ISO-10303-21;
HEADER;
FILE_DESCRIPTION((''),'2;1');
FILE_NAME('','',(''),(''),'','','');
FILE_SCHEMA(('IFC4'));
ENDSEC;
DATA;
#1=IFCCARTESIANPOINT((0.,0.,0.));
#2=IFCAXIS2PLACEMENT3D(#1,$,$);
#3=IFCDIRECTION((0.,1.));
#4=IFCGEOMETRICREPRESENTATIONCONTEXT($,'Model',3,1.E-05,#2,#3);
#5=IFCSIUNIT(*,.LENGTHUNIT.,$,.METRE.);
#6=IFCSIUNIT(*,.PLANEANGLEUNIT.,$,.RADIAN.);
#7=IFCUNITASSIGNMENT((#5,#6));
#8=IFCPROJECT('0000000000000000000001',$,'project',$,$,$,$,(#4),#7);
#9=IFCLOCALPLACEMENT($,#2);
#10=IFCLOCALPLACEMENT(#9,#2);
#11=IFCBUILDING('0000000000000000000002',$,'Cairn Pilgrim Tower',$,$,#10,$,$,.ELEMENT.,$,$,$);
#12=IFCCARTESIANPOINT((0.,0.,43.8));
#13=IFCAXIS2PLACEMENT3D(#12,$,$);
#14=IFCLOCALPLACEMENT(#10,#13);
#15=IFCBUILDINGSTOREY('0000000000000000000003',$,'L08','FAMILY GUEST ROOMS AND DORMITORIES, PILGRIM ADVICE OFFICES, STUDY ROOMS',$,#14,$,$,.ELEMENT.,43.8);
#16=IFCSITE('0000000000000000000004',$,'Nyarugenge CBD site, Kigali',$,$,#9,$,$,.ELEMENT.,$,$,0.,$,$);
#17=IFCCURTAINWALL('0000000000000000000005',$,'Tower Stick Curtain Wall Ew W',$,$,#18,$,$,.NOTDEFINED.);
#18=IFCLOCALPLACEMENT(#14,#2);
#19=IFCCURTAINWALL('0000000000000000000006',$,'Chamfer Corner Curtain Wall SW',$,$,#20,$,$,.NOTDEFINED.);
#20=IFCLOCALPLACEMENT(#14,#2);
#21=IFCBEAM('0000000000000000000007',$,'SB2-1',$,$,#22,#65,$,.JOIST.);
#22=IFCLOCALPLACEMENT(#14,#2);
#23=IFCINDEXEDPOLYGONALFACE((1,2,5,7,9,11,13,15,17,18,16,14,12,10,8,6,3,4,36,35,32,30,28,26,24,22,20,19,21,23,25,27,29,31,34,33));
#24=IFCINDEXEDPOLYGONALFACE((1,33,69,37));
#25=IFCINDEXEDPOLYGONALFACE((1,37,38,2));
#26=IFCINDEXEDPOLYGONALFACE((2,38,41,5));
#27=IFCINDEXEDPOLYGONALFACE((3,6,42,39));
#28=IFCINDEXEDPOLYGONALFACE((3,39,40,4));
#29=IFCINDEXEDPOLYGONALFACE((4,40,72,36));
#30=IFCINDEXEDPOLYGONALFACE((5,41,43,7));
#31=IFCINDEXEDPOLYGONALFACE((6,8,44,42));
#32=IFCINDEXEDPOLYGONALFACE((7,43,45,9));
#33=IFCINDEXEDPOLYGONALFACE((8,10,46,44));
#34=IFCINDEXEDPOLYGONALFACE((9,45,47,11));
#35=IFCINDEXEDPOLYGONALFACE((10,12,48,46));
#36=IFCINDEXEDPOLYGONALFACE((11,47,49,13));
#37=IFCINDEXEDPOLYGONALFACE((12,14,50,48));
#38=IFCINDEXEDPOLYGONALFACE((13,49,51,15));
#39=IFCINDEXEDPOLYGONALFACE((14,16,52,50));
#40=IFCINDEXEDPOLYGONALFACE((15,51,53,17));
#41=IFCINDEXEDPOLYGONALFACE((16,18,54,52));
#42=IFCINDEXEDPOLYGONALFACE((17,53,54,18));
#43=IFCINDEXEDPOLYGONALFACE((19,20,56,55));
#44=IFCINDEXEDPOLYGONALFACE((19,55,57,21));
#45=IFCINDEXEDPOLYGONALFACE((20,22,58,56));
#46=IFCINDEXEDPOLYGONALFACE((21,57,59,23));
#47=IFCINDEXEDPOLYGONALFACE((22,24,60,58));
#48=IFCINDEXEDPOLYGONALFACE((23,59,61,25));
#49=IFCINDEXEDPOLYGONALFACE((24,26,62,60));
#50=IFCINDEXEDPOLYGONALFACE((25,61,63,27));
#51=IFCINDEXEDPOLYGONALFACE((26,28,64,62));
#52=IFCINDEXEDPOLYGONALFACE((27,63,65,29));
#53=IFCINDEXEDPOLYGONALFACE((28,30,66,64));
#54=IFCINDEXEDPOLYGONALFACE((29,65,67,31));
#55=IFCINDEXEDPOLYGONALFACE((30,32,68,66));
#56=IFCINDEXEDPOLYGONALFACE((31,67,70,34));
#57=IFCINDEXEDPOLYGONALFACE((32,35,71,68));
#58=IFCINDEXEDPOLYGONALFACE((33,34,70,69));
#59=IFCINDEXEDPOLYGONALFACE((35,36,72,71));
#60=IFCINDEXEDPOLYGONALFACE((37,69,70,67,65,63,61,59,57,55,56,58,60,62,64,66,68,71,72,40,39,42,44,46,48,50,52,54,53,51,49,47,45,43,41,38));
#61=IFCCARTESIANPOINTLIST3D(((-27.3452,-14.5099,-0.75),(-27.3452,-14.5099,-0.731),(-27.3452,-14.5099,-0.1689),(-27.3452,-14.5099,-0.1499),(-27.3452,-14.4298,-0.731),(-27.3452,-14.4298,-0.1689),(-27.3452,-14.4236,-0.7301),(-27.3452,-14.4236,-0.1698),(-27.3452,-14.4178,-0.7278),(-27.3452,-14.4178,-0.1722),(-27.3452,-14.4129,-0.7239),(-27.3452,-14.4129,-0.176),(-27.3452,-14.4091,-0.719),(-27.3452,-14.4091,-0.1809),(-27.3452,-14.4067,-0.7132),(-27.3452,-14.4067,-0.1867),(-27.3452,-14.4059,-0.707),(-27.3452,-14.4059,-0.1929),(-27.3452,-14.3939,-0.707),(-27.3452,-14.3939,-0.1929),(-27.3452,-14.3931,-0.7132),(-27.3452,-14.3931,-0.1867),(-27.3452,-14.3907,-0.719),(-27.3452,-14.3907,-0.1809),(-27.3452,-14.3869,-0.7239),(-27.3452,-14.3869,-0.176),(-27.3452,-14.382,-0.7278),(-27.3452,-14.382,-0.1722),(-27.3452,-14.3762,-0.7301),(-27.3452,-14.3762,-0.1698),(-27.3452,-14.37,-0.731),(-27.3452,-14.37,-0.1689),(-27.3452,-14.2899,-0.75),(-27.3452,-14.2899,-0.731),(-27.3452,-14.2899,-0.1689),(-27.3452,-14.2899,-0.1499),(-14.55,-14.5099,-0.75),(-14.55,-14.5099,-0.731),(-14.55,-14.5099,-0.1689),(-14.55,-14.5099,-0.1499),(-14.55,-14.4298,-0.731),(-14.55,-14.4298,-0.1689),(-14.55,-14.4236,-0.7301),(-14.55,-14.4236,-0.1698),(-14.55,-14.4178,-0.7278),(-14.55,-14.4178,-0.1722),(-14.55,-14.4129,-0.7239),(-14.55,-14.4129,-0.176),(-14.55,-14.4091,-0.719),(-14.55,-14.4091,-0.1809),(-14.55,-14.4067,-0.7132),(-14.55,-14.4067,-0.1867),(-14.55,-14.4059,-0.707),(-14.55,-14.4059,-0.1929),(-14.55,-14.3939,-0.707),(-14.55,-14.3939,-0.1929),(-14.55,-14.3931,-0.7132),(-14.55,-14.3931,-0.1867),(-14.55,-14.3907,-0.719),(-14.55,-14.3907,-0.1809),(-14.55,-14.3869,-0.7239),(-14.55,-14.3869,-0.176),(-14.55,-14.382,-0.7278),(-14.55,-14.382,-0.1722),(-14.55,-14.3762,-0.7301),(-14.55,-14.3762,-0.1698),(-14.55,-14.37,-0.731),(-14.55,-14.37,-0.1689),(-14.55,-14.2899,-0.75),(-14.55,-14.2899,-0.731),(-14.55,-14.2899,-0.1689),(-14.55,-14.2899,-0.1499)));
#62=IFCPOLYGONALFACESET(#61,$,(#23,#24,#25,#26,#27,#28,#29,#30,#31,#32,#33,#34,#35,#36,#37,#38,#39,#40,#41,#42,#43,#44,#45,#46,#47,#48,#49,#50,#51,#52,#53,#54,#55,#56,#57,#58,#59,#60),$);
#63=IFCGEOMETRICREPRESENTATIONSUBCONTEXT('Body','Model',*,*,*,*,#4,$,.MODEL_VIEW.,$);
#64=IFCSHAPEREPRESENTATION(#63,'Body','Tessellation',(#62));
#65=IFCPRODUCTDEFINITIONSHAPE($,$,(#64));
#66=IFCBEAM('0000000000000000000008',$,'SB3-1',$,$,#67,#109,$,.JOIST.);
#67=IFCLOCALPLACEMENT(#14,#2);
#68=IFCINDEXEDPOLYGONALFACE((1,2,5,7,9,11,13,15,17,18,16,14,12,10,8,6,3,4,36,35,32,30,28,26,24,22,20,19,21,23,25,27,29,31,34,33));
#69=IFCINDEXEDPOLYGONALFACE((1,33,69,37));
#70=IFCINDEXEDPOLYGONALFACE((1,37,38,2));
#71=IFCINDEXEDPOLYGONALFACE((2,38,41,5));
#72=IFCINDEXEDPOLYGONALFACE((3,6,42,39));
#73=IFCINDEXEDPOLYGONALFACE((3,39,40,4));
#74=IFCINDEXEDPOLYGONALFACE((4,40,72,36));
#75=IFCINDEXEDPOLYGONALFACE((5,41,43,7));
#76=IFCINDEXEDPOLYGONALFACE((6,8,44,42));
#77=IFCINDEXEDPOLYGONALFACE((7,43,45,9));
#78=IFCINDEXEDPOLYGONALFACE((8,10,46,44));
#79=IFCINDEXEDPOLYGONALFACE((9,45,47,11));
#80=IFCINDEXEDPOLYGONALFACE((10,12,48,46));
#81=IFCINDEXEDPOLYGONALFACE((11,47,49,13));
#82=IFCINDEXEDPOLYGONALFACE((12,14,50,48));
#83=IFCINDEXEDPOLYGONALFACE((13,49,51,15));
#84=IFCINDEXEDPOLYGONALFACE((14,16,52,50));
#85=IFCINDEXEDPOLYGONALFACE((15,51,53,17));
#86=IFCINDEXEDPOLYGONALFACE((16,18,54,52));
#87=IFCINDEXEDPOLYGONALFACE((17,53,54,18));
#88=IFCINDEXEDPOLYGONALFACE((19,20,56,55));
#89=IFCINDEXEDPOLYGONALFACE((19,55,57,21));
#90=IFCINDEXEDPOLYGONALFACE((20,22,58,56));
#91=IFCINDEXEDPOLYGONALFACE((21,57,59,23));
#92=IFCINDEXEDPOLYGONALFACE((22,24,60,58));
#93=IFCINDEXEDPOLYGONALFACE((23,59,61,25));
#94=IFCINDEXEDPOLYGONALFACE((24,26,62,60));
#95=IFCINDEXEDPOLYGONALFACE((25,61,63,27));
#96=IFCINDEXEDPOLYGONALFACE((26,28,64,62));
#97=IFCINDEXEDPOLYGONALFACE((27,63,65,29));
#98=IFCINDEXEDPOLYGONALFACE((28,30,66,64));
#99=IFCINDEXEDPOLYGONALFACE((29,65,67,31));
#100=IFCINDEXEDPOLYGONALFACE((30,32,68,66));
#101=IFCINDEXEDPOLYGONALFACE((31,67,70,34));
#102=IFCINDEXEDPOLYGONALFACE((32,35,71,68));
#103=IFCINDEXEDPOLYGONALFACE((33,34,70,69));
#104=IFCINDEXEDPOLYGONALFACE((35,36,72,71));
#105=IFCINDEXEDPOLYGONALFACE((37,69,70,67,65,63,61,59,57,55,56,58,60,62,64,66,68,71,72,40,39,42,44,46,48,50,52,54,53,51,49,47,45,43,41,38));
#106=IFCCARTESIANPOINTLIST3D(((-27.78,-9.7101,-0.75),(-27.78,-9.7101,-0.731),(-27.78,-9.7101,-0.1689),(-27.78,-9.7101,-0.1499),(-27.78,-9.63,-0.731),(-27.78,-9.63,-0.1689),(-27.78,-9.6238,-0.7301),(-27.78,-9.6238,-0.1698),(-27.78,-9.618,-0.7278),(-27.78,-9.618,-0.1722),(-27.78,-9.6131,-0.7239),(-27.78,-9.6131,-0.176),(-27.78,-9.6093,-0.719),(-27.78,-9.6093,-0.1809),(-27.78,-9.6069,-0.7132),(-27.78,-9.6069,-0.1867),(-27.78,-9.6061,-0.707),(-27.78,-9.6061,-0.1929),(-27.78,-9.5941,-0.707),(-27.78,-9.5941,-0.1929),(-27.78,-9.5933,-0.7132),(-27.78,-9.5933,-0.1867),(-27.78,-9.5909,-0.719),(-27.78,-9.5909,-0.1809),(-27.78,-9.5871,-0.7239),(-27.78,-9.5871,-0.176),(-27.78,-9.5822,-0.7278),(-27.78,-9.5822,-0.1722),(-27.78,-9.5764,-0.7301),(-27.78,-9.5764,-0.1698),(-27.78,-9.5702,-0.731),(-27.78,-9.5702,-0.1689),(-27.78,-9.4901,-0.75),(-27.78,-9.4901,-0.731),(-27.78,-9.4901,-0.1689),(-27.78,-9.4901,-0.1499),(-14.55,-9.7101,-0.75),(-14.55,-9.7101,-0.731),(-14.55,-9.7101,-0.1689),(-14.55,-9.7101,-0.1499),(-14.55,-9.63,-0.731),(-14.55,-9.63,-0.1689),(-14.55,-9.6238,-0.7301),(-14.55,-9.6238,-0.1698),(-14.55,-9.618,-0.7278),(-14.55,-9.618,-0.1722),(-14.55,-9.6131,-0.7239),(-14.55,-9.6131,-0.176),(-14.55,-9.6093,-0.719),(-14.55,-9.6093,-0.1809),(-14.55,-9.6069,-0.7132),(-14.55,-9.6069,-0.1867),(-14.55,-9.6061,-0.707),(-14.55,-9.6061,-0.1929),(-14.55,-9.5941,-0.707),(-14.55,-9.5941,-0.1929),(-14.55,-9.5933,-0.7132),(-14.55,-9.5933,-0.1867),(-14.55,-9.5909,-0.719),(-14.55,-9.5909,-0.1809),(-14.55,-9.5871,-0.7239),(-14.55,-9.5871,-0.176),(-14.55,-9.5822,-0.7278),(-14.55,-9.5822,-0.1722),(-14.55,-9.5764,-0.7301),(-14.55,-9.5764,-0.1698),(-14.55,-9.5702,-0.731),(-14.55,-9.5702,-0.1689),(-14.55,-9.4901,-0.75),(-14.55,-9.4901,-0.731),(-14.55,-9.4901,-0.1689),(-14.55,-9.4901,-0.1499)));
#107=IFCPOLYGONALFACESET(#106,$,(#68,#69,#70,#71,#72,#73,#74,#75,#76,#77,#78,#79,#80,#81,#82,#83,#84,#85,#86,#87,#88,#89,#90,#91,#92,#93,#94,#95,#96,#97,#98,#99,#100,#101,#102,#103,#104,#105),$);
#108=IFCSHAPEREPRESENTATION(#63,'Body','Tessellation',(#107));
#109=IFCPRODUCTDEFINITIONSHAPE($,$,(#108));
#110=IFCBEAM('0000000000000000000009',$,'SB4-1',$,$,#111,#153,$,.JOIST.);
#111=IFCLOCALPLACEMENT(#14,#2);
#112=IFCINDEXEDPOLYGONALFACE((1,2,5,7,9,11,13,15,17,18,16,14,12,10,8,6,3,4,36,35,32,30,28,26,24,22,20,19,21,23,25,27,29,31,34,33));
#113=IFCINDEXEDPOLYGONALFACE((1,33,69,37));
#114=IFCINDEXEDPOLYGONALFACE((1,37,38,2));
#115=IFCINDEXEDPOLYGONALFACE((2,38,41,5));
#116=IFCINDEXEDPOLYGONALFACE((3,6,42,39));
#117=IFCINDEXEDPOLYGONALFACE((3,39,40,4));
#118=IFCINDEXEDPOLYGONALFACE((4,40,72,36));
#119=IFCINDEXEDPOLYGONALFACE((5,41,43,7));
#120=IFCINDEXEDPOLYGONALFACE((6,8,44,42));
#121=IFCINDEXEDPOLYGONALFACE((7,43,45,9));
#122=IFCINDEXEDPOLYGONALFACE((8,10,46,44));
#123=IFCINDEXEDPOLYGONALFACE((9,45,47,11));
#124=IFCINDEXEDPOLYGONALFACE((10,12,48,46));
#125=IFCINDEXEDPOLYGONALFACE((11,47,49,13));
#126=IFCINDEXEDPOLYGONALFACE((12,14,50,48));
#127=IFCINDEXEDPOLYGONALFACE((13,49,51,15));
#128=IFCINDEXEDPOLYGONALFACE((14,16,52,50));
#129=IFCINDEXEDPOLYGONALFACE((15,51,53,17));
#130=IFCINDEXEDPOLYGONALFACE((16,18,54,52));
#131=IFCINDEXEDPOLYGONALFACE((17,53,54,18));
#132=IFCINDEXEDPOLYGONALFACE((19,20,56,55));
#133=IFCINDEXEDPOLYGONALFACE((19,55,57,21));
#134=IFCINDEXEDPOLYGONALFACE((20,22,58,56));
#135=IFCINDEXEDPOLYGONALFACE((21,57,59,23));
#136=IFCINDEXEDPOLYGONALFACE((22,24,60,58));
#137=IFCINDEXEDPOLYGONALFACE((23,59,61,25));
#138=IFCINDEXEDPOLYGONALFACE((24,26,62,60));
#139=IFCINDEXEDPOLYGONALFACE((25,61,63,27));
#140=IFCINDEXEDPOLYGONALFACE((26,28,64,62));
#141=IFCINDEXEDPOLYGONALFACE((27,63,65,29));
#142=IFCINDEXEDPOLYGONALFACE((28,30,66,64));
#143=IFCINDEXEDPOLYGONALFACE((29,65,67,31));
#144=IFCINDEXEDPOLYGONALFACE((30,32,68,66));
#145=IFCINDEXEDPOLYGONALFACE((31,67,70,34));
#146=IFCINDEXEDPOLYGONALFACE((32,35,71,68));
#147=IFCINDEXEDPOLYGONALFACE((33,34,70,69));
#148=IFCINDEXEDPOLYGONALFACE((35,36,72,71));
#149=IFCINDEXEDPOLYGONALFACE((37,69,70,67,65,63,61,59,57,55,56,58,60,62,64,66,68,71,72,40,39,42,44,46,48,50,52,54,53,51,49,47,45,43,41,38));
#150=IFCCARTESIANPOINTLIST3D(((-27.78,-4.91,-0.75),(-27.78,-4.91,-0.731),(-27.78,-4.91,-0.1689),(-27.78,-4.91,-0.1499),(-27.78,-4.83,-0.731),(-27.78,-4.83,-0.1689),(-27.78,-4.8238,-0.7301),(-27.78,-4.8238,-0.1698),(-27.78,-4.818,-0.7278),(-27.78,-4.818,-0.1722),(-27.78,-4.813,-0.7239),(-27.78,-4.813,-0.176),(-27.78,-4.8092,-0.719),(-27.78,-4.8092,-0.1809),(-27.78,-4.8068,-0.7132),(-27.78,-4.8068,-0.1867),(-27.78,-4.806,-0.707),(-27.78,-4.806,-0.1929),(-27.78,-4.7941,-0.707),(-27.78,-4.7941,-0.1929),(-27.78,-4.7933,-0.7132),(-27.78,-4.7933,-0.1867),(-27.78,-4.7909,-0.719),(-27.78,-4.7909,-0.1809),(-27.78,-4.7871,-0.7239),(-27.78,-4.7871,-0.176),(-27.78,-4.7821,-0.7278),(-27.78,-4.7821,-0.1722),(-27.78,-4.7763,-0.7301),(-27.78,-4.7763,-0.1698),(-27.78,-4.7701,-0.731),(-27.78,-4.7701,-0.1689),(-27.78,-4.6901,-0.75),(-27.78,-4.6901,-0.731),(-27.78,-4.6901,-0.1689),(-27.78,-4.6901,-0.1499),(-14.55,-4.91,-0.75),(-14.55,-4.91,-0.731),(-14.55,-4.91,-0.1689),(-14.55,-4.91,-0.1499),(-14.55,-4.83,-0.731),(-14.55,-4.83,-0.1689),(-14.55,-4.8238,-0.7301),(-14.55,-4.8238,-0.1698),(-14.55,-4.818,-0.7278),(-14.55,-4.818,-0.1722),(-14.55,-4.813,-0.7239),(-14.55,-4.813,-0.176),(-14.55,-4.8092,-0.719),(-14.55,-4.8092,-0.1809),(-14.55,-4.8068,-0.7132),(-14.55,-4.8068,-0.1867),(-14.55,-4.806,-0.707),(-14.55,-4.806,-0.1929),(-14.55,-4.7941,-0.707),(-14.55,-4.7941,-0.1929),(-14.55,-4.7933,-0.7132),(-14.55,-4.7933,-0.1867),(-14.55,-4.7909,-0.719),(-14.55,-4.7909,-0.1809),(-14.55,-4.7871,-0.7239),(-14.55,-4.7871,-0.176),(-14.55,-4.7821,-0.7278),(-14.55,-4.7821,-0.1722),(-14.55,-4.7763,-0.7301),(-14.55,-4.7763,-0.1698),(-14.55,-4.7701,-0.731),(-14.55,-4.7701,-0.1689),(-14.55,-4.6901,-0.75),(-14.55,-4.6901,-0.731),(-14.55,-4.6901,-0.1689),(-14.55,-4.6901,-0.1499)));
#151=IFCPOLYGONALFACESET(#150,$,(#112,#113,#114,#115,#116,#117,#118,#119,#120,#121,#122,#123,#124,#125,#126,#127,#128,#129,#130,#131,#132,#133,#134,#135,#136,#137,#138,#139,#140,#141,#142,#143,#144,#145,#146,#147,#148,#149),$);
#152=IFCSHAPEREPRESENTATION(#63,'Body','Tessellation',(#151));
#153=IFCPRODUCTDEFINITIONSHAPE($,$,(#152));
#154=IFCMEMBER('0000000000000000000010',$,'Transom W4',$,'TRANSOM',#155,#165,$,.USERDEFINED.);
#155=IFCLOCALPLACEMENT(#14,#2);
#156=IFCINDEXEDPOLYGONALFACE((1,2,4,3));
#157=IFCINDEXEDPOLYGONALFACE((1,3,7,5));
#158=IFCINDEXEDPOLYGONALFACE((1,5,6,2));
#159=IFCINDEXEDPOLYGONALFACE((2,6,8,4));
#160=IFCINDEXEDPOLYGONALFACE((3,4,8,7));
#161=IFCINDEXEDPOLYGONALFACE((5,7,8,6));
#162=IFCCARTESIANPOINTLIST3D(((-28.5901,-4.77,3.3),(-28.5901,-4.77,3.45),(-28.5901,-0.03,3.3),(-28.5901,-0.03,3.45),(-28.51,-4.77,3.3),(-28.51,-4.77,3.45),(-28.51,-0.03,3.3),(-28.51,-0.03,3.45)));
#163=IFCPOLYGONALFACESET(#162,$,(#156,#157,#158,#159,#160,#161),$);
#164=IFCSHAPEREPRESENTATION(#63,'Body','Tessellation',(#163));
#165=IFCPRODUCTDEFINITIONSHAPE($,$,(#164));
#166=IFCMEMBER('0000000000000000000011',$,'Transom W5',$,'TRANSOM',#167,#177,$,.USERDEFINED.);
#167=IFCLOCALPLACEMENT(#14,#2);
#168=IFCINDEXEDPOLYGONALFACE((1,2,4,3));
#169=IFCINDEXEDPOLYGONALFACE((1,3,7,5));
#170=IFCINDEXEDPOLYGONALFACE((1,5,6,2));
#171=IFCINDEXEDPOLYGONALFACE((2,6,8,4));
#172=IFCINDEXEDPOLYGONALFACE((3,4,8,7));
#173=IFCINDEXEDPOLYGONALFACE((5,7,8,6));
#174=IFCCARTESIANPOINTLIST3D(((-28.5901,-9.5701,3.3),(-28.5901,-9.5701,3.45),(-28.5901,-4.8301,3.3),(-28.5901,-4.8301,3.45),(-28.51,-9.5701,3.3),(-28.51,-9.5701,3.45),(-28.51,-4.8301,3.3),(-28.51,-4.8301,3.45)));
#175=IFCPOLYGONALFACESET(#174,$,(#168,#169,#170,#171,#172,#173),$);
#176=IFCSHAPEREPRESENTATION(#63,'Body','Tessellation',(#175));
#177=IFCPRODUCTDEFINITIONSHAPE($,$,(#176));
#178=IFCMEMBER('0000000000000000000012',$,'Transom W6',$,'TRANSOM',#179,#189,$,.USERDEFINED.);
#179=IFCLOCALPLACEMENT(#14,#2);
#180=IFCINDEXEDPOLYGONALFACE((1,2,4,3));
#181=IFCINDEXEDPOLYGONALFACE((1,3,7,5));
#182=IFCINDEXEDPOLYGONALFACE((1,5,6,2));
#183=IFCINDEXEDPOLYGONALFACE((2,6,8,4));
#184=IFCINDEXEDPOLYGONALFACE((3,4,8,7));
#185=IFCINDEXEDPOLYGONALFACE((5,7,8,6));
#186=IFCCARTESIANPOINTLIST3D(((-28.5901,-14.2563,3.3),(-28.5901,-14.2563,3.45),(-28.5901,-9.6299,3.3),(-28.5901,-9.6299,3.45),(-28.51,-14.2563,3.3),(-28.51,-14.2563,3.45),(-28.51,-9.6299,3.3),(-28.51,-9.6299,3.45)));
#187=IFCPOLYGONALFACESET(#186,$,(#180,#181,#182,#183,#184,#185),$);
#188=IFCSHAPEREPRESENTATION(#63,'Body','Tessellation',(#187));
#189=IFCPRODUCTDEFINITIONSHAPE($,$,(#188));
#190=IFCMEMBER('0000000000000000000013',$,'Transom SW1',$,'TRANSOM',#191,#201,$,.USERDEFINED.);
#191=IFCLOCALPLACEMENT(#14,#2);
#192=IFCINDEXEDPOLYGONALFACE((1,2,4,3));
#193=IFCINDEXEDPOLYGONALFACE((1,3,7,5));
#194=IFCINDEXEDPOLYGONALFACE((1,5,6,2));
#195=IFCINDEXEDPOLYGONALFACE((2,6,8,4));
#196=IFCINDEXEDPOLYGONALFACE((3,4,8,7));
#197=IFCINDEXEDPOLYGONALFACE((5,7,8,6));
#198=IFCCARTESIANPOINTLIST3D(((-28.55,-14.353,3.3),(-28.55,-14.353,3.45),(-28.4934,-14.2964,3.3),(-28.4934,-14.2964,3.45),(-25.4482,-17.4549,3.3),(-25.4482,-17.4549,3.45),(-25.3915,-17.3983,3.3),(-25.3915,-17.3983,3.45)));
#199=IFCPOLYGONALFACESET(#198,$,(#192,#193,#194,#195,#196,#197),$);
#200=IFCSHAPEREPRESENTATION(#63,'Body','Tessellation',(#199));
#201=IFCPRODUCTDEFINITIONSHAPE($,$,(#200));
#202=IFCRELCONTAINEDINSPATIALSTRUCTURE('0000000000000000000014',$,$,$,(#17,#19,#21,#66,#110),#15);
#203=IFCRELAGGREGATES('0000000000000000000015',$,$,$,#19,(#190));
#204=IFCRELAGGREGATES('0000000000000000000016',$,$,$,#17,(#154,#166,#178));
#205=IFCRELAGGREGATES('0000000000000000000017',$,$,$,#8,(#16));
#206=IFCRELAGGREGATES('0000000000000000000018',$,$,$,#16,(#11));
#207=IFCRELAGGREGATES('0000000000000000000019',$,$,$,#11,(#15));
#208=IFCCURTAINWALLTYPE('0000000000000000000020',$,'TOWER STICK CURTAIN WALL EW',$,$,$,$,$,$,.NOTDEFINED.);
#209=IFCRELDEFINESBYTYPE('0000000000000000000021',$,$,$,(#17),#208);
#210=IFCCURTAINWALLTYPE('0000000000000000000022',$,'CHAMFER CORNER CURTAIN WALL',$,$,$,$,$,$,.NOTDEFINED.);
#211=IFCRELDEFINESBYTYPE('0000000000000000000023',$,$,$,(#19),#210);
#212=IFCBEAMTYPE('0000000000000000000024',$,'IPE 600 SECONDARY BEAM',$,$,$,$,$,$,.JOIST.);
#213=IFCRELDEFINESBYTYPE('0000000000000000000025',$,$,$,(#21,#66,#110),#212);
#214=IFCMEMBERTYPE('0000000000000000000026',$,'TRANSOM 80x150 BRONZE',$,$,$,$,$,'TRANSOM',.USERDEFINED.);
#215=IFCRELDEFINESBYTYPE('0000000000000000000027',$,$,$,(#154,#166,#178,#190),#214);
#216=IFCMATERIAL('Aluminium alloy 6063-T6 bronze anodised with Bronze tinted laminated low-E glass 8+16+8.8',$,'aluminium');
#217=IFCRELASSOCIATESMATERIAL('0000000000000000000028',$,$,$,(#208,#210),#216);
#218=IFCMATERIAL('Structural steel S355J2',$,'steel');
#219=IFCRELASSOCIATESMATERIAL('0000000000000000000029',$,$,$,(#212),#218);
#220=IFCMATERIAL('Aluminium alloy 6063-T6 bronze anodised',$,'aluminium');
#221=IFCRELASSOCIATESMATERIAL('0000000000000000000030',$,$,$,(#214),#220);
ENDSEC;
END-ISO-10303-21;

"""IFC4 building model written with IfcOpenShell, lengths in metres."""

from ifc_helpers import new_model, si_unit, direction, frame, origin, origin_2d, place, context, subcontext, project, spatial, rectangle, i_section, extrude, material, material_profile, profile_set, type_object, element, aggregate, save


model = new_model("IFC4")

# Units and contexts
model_context = context("Model", 3, precision=1e-05, world=origin(), true_north=direction((0.0, 1.0)))
body_context = subcontext(model_context, "Body", "Model", "MODEL_VIEW")
ifc_project = project(units=[si_unit("LENGTHUNIT", "METRE"), si_unit("PLANEANGLEUNIT", "RADIAN")], contexts=[model_context])

# Site, building, storey
site_placement = place(None, origin())
site = spatial("IfcSite", under=ifc_project, at=site_placement, Name="Nyarugenge CBD site, Kigali", CompositionType="ELEMENT", RefElevation=0.0)
building_placement = place(site_placement, origin())
building = spatial("IfcBuilding", under=site, at=building_placement, Name="Cairn Pilgrim Tower", CompositionType="ELEMENT")
storey_placement = place(building_placement, frame((0.0, 0.0, 43.8)))
storey = spatial("IfcBuildingStorey", under=building, at=storey_placement, Name="L08", Description="FAMILY GUEST ROOMS AND DORMITORIES, PILGRIM ADVICE OFFICES, STUDY ROOMS", CompositionType="ELEMENT", Elevation=43.8)

# Curtain wall
ifc_material_1 = material(Name="Aluminium alloy 6063-T6 bronze anodised with Bronze tinted laminated low-E glass 8+16+8.8", Category="aluminium")
curtain_wall_type_1 = type_object("IfcCurtainWallType", Name="TOWER STICK CURTAIN WALL EW", PredefinedType="NOTDEFINED", material=ifc_material_1)
curtain_wall_1_placement = place(storey_placement, origin())
curtain_wall_1 = element("IfcCurtainWall", 1, at=curtain_wall_1_placement, inside=storey, type_object=curtain_wall_type_1, Name="Tower Stick Curtain Wall Ew W", PredefinedType="NOTDEFINED")
ifc_material_2 = material(Name="Aluminium alloy 6063-T6 bronze anodised", Category="aluminium")

# Curtain wall
curtain_wall_type_2 = type_object("IfcCurtainWallType", Name="CHAMFER CORNER CURTAIN WALL", PredefinedType="NOTDEFINED", material=ifc_material_1)
curtain_wall_2_placement = place(storey_placement, origin())
curtain_wall_2 = element("IfcCurtainWall", 2, at=curtain_wall_2_placement, inside=storey, type_object=curtain_wall_type_2, Name="Chamfer Corner Curtain Wall SW", PredefinedType="NOTDEFINED")

# Beams
ifc_material_3 = material(Name="Structural steel S355J2", Category="steel")
ifc_material_profile_1 = material_profile(ifc_material_3, i_section(OverallWidth=0.22, OverallDepth=0.6001, WebThickness=0.012, FlangeThickness=0.019, FilletRadius=0.0239, at=origin_2d()), Name="IPE 600")
ifc_profile_set_1 = profile_set([ifc_material_profile_1], Name="Structural steel S355J2")
beam_type_1 = type_object("IfcBeamType", Name="IPE 600 SECONDARY BEAM", PredefinedType="JOIST", material=ifc_profile_set_1)
beam_1_placement = place(storey_placement, frame((-27.3452, -14.3999, -0.45), z_axis=(1.0, 0.0, 0.0), x_axis=(0.0, 1.0, 0.0)))
element("IfcBeam", 3, at=beam_1_placement, inside=storey, type_object=beam_type_1, Name="SB2-1", PredefinedType="JOIST", context=body_context, shape_type="SweptSolid", body=[
    extrude(i_section(OverallWidth=0.22, OverallDepth=0.6001, WebThickness=0.012, FlangeThickness=0.019, FilletRadius=0.0239, at=origin_2d()), origin(), (0.0, 0.0, 1.0), 12.7952),
])
for number, where, z_axis, x_axis, name in (
    (4, (-27.78, -9.6001, -0.45), (1.0, 0.0, 0.0), (0.0, 1.0, 0.0), "SB3-1"),
    (5, (-27.78, -4.8, -0.45), (1.0, 0.0, 0.0), (0.0, 1.0, 0.0), "SB4-1"),
):
    element("IfcBeam", number, at=place(storey_placement, frame(where, z_axis=z_axis, x_axis=x_axis)), inside=storey, type_object=beam_type_1, Name=name, PredefinedType="JOIST", context=body_context, shape_type="SweptSolid", body=[
        extrude(i_section(OverallWidth=0.22, OverallDepth=0.6001, WebThickness=0.012, FlangeThickness=0.019, FilletRadius=0.0239, at=origin_2d()), origin(), (0.0, 0.0, 1.0), 13.23),
    ])

# Members
ifc_material_profile_2 = material_profile(ifc_material_2, rectangle(XDim=0.0801, YDim=0.1499, at=origin_2d()), Name="TRANSOM 80x150 BRONZE")
ifc_profile_set_2 = profile_set([ifc_material_profile_2], Name="Aluminium alloy 6063-T6 bronze anodised")
member_type_1 = type_object("IfcMemberType", Name="TRANSOM 80x150 BRONZE", ElementType="TRANSOM", PredefinedType="USERDEFINED", material=ifc_profile_set_2)
member_1_placement = place(storey_placement, frame((-28.55, -0.03, 3.375), z_axis=(0.0, -1.0, 0.0), x_axis=(1.0, 0.0, 0.0)))
member_1 = element("IfcMember", 6, at=member_1_placement, type_object=member_type_1, Name="Transom W4", ObjectType="TRANSOM", PredefinedType="USERDEFINED", context=body_context, shape_type="SweptSolid", body=[
    extrude(rectangle(XDim=0.0801, YDim=0.1499, at=origin_2d()), origin(), (0.0, 0.0, 1.0), 4.74),
])
member_2_placement = place(storey_placement, frame((-28.55, -4.8301, 3.375), z_axis=(0.0, -1.0, 0.0), x_axis=(1.0, 0.0, 0.0)))
member_2 = element("IfcMember", 7, at=member_2_placement, type_object=member_type_1, Name="Transom W5", ObjectType="TRANSOM", PredefinedType="USERDEFINED", context=body_context, shape_type="SweptSolid", body=[
    extrude(rectangle(XDim=0.0801, YDim=0.1499, at=origin_2d()), origin(), (0.0, 0.0, 1.0), 4.74),
])
member_3_placement = place(storey_placement, frame((-28.55, -9.6299, 3.375), z_axis=(0.0, -1.0, 0.0), x_axis=(1.0, 0.0, 0.0)))
member_3 = element("IfcMember", 8, at=member_3_placement, type_object=member_type_1, Name="Transom W6", ObjectType="TRANSOM", PredefinedType="USERDEFINED", context=body_context, shape_type="SweptSolid", body=[
    extrude(rectangle(XDim=0.0801, YDim=0.1499, at=origin_2d()), origin(), (0.0, 0.0, 1.0), 4.6265),
])
member_4_placement = place(storey_placement, frame((-28.5217, -14.3247, 3.375), z_axis=(0.707107, -0.707107, 0.0), x_axis=(0.707107, 0.707107, 0.0)))
member_4 = element("IfcMember", 9, at=member_4_placement, type_object=member_type_1, Name="Transom SW1", ObjectType="TRANSOM", PredefinedType="USERDEFINED", context=body_context, shape_type="SweptSolid", body=[
    extrude(rectangle(XDim=0.0801, YDim=0.1499, at=origin_2d()), origin(), (0.0, 0.0, 1.0), 4.3867),
])
aggregate(curtain_wall_2, [member_4])

aggregate(curtain_wall_1, [member_1, member_2, member_3])

save(model, "model.ifc")
